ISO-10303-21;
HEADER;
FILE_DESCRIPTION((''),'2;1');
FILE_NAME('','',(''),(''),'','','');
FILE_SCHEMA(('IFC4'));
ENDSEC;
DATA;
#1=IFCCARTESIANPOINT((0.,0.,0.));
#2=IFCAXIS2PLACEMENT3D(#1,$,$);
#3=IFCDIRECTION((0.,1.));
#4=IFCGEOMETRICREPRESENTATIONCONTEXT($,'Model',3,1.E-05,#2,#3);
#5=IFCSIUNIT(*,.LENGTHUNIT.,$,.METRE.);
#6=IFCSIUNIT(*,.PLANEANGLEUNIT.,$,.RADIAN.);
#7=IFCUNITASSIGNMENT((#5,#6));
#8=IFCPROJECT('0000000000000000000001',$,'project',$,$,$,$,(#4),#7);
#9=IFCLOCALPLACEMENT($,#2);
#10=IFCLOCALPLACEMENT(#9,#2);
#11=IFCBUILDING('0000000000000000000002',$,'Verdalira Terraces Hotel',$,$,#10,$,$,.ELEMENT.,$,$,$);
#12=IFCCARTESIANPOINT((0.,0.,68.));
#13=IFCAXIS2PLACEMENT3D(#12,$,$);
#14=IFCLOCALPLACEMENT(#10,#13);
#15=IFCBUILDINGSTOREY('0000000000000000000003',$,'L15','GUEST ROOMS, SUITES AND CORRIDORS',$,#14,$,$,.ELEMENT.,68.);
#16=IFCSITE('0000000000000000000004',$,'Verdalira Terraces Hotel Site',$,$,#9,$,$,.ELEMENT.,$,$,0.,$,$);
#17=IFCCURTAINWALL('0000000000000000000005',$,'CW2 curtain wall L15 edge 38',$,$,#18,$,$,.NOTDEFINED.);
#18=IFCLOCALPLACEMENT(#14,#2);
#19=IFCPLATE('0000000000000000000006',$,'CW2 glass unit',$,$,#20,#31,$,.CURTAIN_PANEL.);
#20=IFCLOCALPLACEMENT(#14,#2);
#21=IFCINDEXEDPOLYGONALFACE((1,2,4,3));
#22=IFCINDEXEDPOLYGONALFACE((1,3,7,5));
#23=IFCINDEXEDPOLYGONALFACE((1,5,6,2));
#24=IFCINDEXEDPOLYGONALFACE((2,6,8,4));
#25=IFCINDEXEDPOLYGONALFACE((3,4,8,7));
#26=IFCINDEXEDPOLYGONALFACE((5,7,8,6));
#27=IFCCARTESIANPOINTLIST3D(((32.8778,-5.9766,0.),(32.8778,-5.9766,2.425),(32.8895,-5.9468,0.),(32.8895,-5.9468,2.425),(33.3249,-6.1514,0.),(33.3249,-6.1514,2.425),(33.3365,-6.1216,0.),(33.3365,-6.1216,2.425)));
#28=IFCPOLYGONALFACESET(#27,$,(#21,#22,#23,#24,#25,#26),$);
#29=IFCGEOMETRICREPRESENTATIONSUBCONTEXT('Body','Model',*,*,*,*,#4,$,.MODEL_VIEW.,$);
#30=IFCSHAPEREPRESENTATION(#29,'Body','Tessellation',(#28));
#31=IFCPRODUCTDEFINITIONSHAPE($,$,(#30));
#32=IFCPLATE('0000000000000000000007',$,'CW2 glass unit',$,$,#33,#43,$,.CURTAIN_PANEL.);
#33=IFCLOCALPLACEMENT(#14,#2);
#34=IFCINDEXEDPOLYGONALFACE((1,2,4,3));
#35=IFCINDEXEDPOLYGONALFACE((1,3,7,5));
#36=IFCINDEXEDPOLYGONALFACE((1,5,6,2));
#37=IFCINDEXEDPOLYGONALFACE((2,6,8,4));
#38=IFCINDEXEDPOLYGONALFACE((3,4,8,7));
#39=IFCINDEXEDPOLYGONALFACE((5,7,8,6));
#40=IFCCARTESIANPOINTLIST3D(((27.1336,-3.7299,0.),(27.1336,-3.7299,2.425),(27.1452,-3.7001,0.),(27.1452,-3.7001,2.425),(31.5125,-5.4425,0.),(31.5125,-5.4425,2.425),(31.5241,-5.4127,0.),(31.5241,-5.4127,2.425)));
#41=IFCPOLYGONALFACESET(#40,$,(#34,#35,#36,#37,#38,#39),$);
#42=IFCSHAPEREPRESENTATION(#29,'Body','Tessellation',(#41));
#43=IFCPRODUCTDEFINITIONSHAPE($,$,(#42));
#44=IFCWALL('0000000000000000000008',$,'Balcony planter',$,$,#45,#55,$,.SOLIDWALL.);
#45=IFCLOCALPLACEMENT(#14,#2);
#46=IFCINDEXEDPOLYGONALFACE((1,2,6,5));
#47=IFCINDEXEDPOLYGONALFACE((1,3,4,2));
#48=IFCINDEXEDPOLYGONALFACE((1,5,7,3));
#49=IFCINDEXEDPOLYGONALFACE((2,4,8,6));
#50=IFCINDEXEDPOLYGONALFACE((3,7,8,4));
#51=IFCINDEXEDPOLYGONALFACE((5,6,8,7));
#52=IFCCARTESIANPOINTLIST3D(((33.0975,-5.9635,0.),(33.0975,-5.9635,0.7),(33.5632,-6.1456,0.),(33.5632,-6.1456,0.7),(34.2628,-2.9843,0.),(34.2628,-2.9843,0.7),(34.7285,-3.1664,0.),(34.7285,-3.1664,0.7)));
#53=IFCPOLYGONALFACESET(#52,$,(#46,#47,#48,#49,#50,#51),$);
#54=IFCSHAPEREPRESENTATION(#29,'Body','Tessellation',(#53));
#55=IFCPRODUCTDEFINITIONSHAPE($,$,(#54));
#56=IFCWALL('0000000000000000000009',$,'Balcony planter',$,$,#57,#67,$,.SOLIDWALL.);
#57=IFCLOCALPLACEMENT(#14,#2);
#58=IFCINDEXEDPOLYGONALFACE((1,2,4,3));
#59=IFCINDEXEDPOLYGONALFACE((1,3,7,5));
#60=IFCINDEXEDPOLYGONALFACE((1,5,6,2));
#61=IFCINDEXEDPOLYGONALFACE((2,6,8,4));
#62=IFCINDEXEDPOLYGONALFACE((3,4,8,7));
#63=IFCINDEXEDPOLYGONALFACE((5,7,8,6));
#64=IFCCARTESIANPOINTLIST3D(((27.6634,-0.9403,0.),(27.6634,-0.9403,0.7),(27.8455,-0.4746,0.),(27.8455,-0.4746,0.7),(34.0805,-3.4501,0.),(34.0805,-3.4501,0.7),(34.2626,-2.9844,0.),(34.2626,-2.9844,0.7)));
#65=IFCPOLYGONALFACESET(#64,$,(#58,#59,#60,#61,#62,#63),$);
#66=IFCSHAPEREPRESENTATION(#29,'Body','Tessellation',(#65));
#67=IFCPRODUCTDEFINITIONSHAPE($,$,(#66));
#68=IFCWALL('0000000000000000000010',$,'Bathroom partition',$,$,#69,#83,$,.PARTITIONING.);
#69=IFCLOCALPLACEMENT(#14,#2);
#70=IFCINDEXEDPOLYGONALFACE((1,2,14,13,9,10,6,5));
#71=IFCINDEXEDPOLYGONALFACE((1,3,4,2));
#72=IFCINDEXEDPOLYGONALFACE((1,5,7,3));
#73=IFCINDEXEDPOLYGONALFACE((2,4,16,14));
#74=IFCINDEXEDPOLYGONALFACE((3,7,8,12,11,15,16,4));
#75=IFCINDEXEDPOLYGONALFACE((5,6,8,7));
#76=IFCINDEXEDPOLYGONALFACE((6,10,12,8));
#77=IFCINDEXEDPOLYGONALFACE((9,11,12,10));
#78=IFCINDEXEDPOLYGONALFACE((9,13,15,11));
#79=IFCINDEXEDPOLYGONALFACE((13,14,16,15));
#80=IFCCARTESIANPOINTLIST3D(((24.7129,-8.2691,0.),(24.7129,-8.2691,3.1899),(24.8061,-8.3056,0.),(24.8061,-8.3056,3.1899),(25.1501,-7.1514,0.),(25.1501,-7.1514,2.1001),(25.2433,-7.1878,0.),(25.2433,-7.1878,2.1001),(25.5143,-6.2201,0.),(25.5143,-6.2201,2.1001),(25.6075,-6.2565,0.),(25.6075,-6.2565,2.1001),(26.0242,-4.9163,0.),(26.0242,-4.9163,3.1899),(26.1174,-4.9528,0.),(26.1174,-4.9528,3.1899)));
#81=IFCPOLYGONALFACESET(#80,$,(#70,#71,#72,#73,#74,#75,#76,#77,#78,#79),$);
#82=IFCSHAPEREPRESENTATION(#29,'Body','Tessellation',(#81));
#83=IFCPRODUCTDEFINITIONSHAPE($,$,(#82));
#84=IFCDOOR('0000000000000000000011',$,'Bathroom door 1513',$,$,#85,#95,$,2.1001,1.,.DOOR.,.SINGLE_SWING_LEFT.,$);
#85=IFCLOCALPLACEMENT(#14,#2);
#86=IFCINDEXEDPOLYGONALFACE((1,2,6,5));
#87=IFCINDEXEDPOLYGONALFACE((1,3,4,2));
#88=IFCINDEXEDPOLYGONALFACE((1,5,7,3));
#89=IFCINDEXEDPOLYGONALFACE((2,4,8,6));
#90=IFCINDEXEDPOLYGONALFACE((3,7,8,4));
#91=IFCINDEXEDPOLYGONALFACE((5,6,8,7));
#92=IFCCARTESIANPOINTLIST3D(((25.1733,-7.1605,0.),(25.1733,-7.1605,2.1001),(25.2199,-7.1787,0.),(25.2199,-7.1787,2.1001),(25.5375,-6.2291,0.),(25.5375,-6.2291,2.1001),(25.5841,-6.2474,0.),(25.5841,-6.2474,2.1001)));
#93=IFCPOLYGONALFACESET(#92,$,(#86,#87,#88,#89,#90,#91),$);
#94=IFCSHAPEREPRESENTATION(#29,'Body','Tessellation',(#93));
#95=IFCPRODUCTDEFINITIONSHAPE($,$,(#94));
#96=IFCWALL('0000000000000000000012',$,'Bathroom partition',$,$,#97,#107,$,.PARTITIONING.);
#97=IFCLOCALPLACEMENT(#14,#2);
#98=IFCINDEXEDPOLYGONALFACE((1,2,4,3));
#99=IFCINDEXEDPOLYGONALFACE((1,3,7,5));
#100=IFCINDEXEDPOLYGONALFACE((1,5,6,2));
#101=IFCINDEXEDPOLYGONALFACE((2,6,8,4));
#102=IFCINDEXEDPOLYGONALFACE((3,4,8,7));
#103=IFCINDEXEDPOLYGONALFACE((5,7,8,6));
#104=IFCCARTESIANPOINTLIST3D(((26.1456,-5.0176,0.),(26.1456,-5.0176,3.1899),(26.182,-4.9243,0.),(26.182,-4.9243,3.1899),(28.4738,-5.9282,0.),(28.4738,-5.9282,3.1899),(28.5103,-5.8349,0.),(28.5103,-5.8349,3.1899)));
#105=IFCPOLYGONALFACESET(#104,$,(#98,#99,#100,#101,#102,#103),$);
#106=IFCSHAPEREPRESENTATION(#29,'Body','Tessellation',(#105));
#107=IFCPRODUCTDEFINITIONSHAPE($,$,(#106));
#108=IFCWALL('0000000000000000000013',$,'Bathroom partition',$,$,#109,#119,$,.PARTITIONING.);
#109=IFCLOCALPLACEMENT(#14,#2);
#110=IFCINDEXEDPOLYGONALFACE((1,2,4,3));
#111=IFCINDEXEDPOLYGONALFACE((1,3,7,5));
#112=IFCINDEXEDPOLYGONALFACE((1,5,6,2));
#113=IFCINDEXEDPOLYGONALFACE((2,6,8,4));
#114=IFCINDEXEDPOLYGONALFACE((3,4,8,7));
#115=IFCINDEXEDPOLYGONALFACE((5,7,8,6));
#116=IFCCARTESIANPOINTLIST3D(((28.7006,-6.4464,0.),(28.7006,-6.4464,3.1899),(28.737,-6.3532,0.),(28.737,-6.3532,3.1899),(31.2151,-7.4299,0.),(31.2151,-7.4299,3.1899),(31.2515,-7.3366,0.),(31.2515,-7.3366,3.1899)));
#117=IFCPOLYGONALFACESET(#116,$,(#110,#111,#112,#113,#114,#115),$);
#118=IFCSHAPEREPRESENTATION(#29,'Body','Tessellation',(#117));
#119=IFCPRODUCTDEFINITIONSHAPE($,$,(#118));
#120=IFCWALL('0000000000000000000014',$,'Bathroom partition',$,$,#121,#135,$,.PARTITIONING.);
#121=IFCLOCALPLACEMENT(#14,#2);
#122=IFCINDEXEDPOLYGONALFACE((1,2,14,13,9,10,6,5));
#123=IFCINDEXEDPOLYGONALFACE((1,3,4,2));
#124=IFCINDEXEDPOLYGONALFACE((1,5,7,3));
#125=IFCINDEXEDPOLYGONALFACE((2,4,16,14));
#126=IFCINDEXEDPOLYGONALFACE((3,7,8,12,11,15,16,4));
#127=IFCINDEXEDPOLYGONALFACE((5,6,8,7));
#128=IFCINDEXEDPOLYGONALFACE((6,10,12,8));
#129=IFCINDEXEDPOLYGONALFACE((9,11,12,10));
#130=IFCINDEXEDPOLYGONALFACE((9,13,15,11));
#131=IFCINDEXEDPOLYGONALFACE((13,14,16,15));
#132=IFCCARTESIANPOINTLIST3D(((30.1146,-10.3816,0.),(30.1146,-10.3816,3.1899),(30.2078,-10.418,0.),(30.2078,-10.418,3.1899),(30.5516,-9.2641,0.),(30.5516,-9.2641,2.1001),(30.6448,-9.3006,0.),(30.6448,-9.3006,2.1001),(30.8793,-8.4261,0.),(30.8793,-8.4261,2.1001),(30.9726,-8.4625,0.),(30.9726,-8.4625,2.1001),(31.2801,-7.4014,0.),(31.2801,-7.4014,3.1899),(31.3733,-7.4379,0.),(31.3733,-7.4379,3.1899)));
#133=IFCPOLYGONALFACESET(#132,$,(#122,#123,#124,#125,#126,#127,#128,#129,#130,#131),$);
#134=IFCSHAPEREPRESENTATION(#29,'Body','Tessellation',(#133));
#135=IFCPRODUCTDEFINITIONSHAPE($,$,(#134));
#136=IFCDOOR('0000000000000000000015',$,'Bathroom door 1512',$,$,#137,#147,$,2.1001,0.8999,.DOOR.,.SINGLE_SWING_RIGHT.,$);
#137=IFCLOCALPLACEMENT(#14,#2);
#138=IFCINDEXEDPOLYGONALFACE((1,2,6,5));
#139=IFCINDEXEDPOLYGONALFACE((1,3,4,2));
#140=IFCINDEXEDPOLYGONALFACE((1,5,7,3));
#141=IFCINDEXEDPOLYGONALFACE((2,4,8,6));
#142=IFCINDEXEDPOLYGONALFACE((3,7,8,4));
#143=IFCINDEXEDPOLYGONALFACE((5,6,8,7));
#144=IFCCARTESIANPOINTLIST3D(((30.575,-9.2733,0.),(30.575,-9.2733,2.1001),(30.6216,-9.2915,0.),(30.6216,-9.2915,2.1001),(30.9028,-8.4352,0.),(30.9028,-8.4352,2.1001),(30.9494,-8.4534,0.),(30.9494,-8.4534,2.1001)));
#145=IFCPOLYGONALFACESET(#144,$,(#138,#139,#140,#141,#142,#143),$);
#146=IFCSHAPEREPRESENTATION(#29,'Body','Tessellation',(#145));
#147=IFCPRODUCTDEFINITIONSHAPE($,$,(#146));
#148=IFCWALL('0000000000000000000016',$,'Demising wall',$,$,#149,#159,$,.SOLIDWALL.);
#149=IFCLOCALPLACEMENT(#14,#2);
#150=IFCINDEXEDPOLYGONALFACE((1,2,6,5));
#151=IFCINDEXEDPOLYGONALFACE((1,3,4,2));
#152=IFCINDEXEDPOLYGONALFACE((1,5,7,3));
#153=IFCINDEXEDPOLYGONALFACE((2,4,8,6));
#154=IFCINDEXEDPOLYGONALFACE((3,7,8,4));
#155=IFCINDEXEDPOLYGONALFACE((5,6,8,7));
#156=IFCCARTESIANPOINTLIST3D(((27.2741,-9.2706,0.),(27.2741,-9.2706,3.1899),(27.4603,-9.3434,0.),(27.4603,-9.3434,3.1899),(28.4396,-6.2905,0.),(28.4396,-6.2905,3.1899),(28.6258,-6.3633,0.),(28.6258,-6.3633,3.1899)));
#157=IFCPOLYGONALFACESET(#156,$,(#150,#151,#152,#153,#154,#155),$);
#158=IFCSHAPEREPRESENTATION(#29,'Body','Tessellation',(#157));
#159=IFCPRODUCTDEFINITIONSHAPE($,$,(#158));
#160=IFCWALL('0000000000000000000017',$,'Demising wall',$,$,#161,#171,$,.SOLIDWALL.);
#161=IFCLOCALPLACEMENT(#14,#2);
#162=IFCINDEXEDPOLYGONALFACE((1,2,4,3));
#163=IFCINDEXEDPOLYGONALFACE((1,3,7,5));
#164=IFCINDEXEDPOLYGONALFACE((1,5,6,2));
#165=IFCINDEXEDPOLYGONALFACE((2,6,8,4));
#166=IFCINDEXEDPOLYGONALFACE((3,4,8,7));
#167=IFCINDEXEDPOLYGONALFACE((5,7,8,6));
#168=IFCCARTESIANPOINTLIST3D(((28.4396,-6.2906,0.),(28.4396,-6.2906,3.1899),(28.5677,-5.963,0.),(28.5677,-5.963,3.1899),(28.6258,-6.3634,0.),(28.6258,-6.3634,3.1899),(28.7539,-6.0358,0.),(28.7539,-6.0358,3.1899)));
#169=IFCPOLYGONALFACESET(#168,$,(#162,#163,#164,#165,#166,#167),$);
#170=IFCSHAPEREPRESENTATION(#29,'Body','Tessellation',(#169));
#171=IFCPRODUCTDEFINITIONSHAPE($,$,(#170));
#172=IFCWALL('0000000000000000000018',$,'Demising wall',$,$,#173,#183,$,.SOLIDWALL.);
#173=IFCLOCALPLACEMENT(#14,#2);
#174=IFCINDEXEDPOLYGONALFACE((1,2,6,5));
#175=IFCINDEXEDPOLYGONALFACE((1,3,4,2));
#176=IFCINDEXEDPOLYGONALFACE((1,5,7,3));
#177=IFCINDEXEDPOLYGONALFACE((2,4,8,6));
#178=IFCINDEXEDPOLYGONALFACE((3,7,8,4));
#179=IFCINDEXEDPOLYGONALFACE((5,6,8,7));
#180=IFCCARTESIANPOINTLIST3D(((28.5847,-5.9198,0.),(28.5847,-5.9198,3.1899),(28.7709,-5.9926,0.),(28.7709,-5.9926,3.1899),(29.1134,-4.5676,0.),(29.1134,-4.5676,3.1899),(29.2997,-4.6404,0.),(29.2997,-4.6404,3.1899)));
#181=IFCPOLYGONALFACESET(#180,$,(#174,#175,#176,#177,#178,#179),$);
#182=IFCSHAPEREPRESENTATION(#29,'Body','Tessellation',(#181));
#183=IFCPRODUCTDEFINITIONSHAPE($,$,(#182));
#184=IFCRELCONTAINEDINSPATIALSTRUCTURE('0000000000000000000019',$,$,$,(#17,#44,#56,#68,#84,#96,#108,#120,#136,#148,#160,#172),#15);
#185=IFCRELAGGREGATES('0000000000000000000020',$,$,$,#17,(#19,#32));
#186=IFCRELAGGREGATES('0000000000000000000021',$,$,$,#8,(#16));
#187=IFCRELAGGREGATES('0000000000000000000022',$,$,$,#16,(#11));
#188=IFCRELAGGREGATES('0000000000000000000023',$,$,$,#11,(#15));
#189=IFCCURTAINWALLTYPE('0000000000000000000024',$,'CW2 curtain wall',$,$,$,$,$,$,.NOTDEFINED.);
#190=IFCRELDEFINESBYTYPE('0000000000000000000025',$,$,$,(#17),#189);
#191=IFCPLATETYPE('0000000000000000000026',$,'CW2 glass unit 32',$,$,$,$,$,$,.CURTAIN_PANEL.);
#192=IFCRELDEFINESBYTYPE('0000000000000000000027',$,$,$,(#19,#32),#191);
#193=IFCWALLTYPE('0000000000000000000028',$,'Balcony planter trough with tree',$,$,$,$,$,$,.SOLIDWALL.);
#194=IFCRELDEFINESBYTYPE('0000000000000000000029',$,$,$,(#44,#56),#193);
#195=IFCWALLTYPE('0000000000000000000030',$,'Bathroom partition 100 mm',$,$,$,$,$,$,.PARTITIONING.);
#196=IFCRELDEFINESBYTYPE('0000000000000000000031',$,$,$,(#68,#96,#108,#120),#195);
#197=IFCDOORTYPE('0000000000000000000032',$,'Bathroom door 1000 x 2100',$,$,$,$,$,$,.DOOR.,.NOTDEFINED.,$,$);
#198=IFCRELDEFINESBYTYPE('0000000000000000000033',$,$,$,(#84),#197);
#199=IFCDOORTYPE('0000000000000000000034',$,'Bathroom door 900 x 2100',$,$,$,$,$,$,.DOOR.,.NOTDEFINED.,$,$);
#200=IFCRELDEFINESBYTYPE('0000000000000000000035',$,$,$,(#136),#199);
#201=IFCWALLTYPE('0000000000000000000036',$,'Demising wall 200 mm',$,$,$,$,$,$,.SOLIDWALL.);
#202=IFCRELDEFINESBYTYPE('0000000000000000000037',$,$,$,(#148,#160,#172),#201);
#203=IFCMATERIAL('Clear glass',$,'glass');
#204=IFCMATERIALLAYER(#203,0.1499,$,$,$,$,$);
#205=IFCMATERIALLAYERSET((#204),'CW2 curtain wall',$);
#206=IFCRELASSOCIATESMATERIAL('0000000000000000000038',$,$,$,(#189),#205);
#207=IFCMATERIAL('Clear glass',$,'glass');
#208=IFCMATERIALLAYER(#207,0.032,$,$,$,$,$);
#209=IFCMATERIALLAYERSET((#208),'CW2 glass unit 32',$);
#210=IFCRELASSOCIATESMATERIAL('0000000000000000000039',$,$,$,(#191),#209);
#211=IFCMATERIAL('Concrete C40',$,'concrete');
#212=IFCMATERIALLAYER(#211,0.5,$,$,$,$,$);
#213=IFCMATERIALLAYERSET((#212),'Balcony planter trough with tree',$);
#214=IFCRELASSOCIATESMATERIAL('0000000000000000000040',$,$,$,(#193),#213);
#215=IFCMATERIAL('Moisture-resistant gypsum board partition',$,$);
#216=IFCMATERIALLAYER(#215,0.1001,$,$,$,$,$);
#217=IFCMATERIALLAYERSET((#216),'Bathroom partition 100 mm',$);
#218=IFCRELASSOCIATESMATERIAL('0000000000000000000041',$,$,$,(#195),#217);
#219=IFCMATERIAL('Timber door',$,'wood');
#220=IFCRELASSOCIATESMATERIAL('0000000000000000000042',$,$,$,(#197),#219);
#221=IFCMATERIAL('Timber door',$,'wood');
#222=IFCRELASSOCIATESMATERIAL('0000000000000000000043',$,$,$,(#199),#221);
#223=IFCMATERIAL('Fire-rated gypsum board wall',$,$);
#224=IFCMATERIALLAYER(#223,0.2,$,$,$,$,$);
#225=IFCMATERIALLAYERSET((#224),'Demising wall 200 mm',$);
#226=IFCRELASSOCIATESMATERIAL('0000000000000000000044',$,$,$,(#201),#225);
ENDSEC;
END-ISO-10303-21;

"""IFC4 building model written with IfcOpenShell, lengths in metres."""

from ifc_helpers import new_model, si_unit, direction, frame, frame_2d, origin, origin_2d, place, context, subcontext, project, spatial, rectangle, extrude, material, layer, layer_set, type_object, element, fill, aggregate, save


model = new_model("IFC4")

# Units and contexts
model_context = context("Model", 3, precision=1e-05, world=origin(), true_north=direction((0.0, 1.0)))
body_context = subcontext(model_context, "Body", "Model", "MODEL_VIEW")
ifc_project = project(units=[si_unit("LENGTHUNIT", "METRE"), si_unit("PLANEANGLEUNIT", "RADIAN")], contexts=[model_context])

# Site, building, storey
site_placement = place(None, origin())
site = spatial("IfcSite", under=ifc_project, at=site_placement, Name="Verdalira Terraces Hotel Site", CompositionType="ELEMENT", RefElevation=0.0)
building_placement = place(site_placement, origin())
building = spatial("IfcBuilding", under=site, at=building_placement, Name="Verdalira Terraces Hotel", CompositionType="ELEMENT")
storey_placement = place(building_placement, frame((0.0, 0.0, 68.0)))
storey = spatial("IfcBuildingStorey", under=building, at=storey_placement, Name="L15", Description="GUEST ROOMS, SUITES AND CORRIDORS", CompositionType="ELEMENT", Elevation=68.0)

# Curtain wall
ifc_material_1 = material(Name="Clear glass", Category="glass")
ifc_layer_1 = layer(ifc_material_1, 0.1499)
ifc_layer_set_1 = layer_set([ifc_layer_1], Name="CW2 curtain wall")
curtain_wall_type_1 = type_object("IfcCurtainWallType", Name="CW2 curtain wall", PredefinedType="NOTDEFINED", material=ifc_layer_set_1)
curtain_wall_1_placement = place(storey_placement, origin())
curtain_wall_1 = element("IfcCurtainWall", 1, at=curtain_wall_1_placement, inside=storey, type_object=curtain_wall_type_1, Name="CW2 curtain wall L15 edge 38", PredefinedType="NOTDEFINED")

# Plates
ifc_material_2 = material(Name="Clear glass", Category="glass")
ifc_layer_2 = layer(ifc_material_2, 0.032)
ifc_layer_set_2 = layer_set([ifc_layer_2], Name="CW2 glass unit 32")
plate_type = type_object("IfcPlateType", Name="CW2 glass unit 32", PredefinedType="CURTAIN_PANEL", material=ifc_layer_set_2)
plate_1_placement = place(storey_placement, frame((33.1072, -6.0491, 0.0), z_axis=(0.0, 0.0, 1.0), x_axis=(-0.93131, 0.364227, 0.0)))
plate_1 = element("IfcPlate", 2, at=plate_1_placement, type_object=plate_type, Name="CW2 glass unit", PredefinedType="CURTAIN_PANEL", context=body_context, shape_type="SweptSolid", body=[
    extrude(rectangle(XDim=0.48, YDim=0.032, at=origin_2d()), origin(), (0.0, 0.0, 1.0), 2.425),
])
plate_2_placement = place(storey_placement, frame((29.3289, -4.5713, 0.0), z_axis=(0.0, 0.0, 1.0), x_axis=(-0.93131, 0.364227, 0.0)))
plate_2 = element("IfcPlate", 3, at=plate_2_placement, type_object=plate_type, Name="CW2 glass unit", PredefinedType="CURTAIN_PANEL", context=body_context, shape_type="SweptSolid", body=[
    extrude(rectangle(XDim=4.7019, YDim=0.032, at=origin_2d()), origin(), (0.0, 0.0, 1.0), 2.425),
])
aggregate(curtain_wall_1, [plate_1, plate_2])

# Walls
ifc_material_3 = material(Name="Concrete C40", Category="concrete")
ifc_layer_3 = layer(ifc_material_3, 0.5)
ifc_layer_set_3 = layer_set([ifc_layer_3], Name="Balcony planter trough with tree")
wall_type_1 = type_object("IfcWallType", Name="Balcony planter trough with tree", PredefinedType="SOLIDWALL", material=ifc_layer_set_3)
wall_1_placement = place(storey_placement, frame((33.3303, -6.0547, 0.0), z_axis=(0.0, 0.0, 1.0), x_axis=(0.364261, 0.931297, 0.0)))
element("IfcWall", 4, at=wall_1_placement, inside=storey, type_object=wall_type_1, Name="Balcony planter", PredefinedType="SOLIDWALL", context=body_context, shape_type="SweptSolid", body=[
    extrude(rectangle(XDim=3.199, YDim=0.5, at=frame_2d((1.5996, 0.0))), origin(), (0.0, 0.0, 1.0), 0.7),
])
wall_2_placement = place(storey_placement, frame((34.1716, -3.2173, 0.0), z_axis=(0.0, 0.0, 1.0), x_axis=(-0.931303, 0.364244, 0.0)))
element("IfcWall", 5, at=wall_2_placement, inside=storey, type_object=wall_type_1, Name="Balcony planter", PredefinedType="SOLIDWALL", context=body_context, shape_type="SweptSolid", body=[
    extrude(rectangle(XDim=6.8904, YDim=0.5, at=frame_2d((3.4453, 0.0))), origin(), (0.0, 0.0, 1.0), 0.7),
])

# Wall, opening, door
ifc_material_4 = material(Name="Moisture-resistant gypsum board partition")
ifc_layer_4 = layer(ifc_material_4, 0.1001)
ifc_layer_set_4 = layer_set([ifc_layer_4], Name="Bathroom partition 100 mm")
wall_type_2 = type_object("IfcWallType", Name="Bathroom partition 100 mm", PredefinedType="PARTITIONING", material=ifc_layer_set_4)
wall_3_placement = place(storey_placement, frame((26.0708, -4.9346, 0.0), z_axis=(0.0, 0.0, 1.0), x_axis=(-0.364236, -0.931307, 0.0)))
wall_3 = element("IfcWall", 6, at=wall_3_placement, inside=storey, type_object=wall_type_2, Name="Bathroom partition", PredefinedType="PARTITIONING", context=body_context, shape_type="SweptSolid", body=[
    extrude(rectangle(XDim=3.6001, YDim=0.1001, at=frame_2d((1.8, 0.0))), origin(), (0.0, 0.0, 1.0), 3.1899),
])
opening_1_placement = place(wall_3_placement, frame((1.3999, 0.0, 0.0)))
opening_1 = element("IfcOpeningElement", 7, at=opening_1_placement, cuts=wall_3, PredefinedType="OPENING", context=body_context, shape_type="SweptSolid", body=[
    extrude(rectangle(XDim=1.0, YDim=2.1001, at=frame_2d((0.5, 1.05))), frame((0.0, 0.0601, 0.0), z_axis=(0.0, -1.0, 0.0), x_axis=(1.0, 0.0, 0.0)), (0.0, 0.0, 1.0), 0.1201),
])
ifc_material_5 = material(Name="Timber door", Category="wood")
door_type_1 = type_object("IfcDoorType", Name="Bathroom door 1000 x 2100", OperationType="NOTDEFINED", PredefinedType="DOOR", material=ifc_material_5)
door_1_placement = place(opening_1_placement, origin())
door_1 = element("IfcDoor", 8, at=door_1_placement, inside=storey, type_object=door_type_1, Name="Bathroom door 1513", OperationType="SINGLE_SWING_LEFT", OverallHeight=2.1001, OverallWidth=1.0, PredefinedType="DOOR", context=body_context, shape_type="SweptSolid", body=[
    extrude(rectangle(XDim=1.0, YDim=2.1001, at=frame_2d((0.5, 1.05))), frame((0.0, 0.0249, 0.0), z_axis=(0.0, -1.0, 0.0), x_axis=(1.0, 0.0, 0.0)), (0.0, 0.0, 1.0), 0.05),
])
fill(opening_1, door_1)

# Walls
wall_4_placement = place(storey_placement, frame((26.1638, -4.9709, 0.0), z_axis=(0.0, 0.0, 1.0), x_axis=(0.931305, -0.364241, 0.0)))
element("IfcWall", 9, at=wall_4_placement, inside=storey, type_object=wall_type_2, Name="Bathroom partition", PredefinedType="PARTITIONING", context=body_context, shape_type="SweptSolid", body=[
    extrude(rectangle(XDim=2.5, YDim=0.1001, at=frame_2d((1.25, 0.0))), origin(), (0.0, 0.0, 1.0), 3.1899),
])
wall_5_placement = place(storey_placement, frame((31.2334, -7.3833, 0.0), z_axis=(0.0, 0.0, 1.0), x_axis=(-0.931305, 0.364239, 0.0)))
element("IfcWall", 10, at=wall_5_placement, inside=storey, type_object=wall_type_2, Name="Bathroom partition", PredefinedType="PARTITIONING", context=body_context, shape_type="SweptSolid", body=[
    extrude(rectangle(XDim=2.7, YDim=0.1001, at=frame_2d((1.3501, 0.0))), origin(), (0.0, 0.0, 1.0), 3.1899),
])

# Wall, opening, door
wall_6_placement = place(storey_placement, frame((30.1611, -10.3999, 0.0), z_axis=(0.0, 0.0, 1.0), x_axis=(0.364224, 0.931311, 0.0)))
wall_6 = element("IfcWall", 11, at=wall_6_placement, inside=storey, type_object=wall_type_2, Name="Bathroom partition", PredefinedType="PARTITIONING", context=body_context, shape_type="SweptSolid", body=[
    extrude(rectangle(XDim=3.2, YDim=0.1001, at=frame_2d((1.6001, 0.0))), origin(), (0.0, 0.0, 1.0), 3.1899),
])
opening_2_placement = place(wall_6_placement, frame((1.2, 0.0, 0.0)))
opening_2 = element("IfcOpeningElement", 12, at=opening_2_placement, cuts=wall_6, PredefinedType="OPENING", context=body_context, shape_type="SweptSolid", body=[
    extrude(rectangle(XDim=0.8999, YDim=2.1001, at=frame_2d((0.45, 1.05))), frame((0.0, 0.0601, 0.0), z_axis=(0.0, -1.0, 0.0), x_axis=(1.0, 0.0, 0.0)), (0.0, 0.0, 1.0), 0.1201),
])
ifc_material_6 = material(Name="Timber door", Category="wood")
door_type_2 = type_object("IfcDoorType", Name="Bathroom door 900 x 2100", OperationType="NOTDEFINED", PredefinedType="DOOR", material=ifc_material_6)
door_2_placement = place(opening_2_placement, origin())
door_2 = element("IfcDoor", 13, at=door_2_placement, inside=storey, type_object=door_type_2, Name="Bathroom door 1512", OperationType="SINGLE_SWING_RIGHT", OverallHeight=2.1001, OverallWidth=0.8999, PredefinedType="DOOR", context=body_context, shape_type="SweptSolid", body=[
    extrude(rectangle(XDim=0.8999, YDim=2.1001, at=frame_2d((0.45, 1.05))), frame((0.0, 0.0249, 0.0), z_axis=(0.0, -1.0, 0.0), x_axis=(1.0, 0.0, 0.0)), (0.0, 0.0, 1.0), 0.05),
])
fill(opening_2, door_2)

# Walls
ifc_material_7 = material(Name="Fire-rated gypsum board wall")
ifc_layer_5 = layer(ifc_material_7, 0.2)
ifc_layer_set_5 = layer_set([ifc_layer_5], Name="Demising wall 200 mm")
wall_type_3 = type_object("IfcWallType", Name="Demising wall 200 mm", PredefinedType="SOLIDWALL", material=ifc_layer_set_5)
wall_7_placement = place(storey_placement, frame((27.3672, -9.3071, 0.0), z_axis=(0.0, 0.0, 1.0), x_axis=(0.364224, 0.931311, 0.0)))
element("IfcWall", 14, at=wall_7_placement, inside=storey, type_object=wall_type_3, Name="Demising wall", PredefinedType="SOLIDWALL", context=body_context, shape_type="SweptSolid", body=[
    extrude(rectangle(XDim=3.2, YDim=0.2, at=frame_2d((1.6001, 0.0))), origin(), (0.0, 0.0, 1.0), 3.1899),
])
wall_8_placement = place(storey_placement, frame((28.5327, -6.3269, 0.0), z_axis=(0.0, 0.0, 1.0), x_axis=(0.364321, 0.931273, 0.0)))
element("IfcWall", 15, at=wall_8_placement, inside=storey, type_object=wall_type_3, Name="Demising wall", PredefinedType="SOLIDWALL", context=body_context, shape_type="SweptSolid", body=[
    extrude(rectangle(XDim=0.3518, YDim=0.2, at=frame_2d((0.1758, 0.0))), origin(), (0.0, 0.0, 1.0), 3.1899),
])
wall_9_placement = place(storey_placement, frame((28.6777, -5.9563, 0.0), z_axis=(0.0, 0.0, 1.0), x_axis=(0.36419, 0.931325, 0.0)))
element("IfcWall", 16, at=wall_9_placement, inside=storey, type_object=wall_type_3, Name="Demising wall", PredefinedType="SOLIDWALL", context=body_context, shape_type="SweptSolid", body=[
    extrude(rectangle(XDim=1.4519, YDim=0.2, at=frame_2d((0.7261, 0.0))), origin(), (0.0, 0.0, 1.0), 3.1899),
])

save(model, "model.ifc")
